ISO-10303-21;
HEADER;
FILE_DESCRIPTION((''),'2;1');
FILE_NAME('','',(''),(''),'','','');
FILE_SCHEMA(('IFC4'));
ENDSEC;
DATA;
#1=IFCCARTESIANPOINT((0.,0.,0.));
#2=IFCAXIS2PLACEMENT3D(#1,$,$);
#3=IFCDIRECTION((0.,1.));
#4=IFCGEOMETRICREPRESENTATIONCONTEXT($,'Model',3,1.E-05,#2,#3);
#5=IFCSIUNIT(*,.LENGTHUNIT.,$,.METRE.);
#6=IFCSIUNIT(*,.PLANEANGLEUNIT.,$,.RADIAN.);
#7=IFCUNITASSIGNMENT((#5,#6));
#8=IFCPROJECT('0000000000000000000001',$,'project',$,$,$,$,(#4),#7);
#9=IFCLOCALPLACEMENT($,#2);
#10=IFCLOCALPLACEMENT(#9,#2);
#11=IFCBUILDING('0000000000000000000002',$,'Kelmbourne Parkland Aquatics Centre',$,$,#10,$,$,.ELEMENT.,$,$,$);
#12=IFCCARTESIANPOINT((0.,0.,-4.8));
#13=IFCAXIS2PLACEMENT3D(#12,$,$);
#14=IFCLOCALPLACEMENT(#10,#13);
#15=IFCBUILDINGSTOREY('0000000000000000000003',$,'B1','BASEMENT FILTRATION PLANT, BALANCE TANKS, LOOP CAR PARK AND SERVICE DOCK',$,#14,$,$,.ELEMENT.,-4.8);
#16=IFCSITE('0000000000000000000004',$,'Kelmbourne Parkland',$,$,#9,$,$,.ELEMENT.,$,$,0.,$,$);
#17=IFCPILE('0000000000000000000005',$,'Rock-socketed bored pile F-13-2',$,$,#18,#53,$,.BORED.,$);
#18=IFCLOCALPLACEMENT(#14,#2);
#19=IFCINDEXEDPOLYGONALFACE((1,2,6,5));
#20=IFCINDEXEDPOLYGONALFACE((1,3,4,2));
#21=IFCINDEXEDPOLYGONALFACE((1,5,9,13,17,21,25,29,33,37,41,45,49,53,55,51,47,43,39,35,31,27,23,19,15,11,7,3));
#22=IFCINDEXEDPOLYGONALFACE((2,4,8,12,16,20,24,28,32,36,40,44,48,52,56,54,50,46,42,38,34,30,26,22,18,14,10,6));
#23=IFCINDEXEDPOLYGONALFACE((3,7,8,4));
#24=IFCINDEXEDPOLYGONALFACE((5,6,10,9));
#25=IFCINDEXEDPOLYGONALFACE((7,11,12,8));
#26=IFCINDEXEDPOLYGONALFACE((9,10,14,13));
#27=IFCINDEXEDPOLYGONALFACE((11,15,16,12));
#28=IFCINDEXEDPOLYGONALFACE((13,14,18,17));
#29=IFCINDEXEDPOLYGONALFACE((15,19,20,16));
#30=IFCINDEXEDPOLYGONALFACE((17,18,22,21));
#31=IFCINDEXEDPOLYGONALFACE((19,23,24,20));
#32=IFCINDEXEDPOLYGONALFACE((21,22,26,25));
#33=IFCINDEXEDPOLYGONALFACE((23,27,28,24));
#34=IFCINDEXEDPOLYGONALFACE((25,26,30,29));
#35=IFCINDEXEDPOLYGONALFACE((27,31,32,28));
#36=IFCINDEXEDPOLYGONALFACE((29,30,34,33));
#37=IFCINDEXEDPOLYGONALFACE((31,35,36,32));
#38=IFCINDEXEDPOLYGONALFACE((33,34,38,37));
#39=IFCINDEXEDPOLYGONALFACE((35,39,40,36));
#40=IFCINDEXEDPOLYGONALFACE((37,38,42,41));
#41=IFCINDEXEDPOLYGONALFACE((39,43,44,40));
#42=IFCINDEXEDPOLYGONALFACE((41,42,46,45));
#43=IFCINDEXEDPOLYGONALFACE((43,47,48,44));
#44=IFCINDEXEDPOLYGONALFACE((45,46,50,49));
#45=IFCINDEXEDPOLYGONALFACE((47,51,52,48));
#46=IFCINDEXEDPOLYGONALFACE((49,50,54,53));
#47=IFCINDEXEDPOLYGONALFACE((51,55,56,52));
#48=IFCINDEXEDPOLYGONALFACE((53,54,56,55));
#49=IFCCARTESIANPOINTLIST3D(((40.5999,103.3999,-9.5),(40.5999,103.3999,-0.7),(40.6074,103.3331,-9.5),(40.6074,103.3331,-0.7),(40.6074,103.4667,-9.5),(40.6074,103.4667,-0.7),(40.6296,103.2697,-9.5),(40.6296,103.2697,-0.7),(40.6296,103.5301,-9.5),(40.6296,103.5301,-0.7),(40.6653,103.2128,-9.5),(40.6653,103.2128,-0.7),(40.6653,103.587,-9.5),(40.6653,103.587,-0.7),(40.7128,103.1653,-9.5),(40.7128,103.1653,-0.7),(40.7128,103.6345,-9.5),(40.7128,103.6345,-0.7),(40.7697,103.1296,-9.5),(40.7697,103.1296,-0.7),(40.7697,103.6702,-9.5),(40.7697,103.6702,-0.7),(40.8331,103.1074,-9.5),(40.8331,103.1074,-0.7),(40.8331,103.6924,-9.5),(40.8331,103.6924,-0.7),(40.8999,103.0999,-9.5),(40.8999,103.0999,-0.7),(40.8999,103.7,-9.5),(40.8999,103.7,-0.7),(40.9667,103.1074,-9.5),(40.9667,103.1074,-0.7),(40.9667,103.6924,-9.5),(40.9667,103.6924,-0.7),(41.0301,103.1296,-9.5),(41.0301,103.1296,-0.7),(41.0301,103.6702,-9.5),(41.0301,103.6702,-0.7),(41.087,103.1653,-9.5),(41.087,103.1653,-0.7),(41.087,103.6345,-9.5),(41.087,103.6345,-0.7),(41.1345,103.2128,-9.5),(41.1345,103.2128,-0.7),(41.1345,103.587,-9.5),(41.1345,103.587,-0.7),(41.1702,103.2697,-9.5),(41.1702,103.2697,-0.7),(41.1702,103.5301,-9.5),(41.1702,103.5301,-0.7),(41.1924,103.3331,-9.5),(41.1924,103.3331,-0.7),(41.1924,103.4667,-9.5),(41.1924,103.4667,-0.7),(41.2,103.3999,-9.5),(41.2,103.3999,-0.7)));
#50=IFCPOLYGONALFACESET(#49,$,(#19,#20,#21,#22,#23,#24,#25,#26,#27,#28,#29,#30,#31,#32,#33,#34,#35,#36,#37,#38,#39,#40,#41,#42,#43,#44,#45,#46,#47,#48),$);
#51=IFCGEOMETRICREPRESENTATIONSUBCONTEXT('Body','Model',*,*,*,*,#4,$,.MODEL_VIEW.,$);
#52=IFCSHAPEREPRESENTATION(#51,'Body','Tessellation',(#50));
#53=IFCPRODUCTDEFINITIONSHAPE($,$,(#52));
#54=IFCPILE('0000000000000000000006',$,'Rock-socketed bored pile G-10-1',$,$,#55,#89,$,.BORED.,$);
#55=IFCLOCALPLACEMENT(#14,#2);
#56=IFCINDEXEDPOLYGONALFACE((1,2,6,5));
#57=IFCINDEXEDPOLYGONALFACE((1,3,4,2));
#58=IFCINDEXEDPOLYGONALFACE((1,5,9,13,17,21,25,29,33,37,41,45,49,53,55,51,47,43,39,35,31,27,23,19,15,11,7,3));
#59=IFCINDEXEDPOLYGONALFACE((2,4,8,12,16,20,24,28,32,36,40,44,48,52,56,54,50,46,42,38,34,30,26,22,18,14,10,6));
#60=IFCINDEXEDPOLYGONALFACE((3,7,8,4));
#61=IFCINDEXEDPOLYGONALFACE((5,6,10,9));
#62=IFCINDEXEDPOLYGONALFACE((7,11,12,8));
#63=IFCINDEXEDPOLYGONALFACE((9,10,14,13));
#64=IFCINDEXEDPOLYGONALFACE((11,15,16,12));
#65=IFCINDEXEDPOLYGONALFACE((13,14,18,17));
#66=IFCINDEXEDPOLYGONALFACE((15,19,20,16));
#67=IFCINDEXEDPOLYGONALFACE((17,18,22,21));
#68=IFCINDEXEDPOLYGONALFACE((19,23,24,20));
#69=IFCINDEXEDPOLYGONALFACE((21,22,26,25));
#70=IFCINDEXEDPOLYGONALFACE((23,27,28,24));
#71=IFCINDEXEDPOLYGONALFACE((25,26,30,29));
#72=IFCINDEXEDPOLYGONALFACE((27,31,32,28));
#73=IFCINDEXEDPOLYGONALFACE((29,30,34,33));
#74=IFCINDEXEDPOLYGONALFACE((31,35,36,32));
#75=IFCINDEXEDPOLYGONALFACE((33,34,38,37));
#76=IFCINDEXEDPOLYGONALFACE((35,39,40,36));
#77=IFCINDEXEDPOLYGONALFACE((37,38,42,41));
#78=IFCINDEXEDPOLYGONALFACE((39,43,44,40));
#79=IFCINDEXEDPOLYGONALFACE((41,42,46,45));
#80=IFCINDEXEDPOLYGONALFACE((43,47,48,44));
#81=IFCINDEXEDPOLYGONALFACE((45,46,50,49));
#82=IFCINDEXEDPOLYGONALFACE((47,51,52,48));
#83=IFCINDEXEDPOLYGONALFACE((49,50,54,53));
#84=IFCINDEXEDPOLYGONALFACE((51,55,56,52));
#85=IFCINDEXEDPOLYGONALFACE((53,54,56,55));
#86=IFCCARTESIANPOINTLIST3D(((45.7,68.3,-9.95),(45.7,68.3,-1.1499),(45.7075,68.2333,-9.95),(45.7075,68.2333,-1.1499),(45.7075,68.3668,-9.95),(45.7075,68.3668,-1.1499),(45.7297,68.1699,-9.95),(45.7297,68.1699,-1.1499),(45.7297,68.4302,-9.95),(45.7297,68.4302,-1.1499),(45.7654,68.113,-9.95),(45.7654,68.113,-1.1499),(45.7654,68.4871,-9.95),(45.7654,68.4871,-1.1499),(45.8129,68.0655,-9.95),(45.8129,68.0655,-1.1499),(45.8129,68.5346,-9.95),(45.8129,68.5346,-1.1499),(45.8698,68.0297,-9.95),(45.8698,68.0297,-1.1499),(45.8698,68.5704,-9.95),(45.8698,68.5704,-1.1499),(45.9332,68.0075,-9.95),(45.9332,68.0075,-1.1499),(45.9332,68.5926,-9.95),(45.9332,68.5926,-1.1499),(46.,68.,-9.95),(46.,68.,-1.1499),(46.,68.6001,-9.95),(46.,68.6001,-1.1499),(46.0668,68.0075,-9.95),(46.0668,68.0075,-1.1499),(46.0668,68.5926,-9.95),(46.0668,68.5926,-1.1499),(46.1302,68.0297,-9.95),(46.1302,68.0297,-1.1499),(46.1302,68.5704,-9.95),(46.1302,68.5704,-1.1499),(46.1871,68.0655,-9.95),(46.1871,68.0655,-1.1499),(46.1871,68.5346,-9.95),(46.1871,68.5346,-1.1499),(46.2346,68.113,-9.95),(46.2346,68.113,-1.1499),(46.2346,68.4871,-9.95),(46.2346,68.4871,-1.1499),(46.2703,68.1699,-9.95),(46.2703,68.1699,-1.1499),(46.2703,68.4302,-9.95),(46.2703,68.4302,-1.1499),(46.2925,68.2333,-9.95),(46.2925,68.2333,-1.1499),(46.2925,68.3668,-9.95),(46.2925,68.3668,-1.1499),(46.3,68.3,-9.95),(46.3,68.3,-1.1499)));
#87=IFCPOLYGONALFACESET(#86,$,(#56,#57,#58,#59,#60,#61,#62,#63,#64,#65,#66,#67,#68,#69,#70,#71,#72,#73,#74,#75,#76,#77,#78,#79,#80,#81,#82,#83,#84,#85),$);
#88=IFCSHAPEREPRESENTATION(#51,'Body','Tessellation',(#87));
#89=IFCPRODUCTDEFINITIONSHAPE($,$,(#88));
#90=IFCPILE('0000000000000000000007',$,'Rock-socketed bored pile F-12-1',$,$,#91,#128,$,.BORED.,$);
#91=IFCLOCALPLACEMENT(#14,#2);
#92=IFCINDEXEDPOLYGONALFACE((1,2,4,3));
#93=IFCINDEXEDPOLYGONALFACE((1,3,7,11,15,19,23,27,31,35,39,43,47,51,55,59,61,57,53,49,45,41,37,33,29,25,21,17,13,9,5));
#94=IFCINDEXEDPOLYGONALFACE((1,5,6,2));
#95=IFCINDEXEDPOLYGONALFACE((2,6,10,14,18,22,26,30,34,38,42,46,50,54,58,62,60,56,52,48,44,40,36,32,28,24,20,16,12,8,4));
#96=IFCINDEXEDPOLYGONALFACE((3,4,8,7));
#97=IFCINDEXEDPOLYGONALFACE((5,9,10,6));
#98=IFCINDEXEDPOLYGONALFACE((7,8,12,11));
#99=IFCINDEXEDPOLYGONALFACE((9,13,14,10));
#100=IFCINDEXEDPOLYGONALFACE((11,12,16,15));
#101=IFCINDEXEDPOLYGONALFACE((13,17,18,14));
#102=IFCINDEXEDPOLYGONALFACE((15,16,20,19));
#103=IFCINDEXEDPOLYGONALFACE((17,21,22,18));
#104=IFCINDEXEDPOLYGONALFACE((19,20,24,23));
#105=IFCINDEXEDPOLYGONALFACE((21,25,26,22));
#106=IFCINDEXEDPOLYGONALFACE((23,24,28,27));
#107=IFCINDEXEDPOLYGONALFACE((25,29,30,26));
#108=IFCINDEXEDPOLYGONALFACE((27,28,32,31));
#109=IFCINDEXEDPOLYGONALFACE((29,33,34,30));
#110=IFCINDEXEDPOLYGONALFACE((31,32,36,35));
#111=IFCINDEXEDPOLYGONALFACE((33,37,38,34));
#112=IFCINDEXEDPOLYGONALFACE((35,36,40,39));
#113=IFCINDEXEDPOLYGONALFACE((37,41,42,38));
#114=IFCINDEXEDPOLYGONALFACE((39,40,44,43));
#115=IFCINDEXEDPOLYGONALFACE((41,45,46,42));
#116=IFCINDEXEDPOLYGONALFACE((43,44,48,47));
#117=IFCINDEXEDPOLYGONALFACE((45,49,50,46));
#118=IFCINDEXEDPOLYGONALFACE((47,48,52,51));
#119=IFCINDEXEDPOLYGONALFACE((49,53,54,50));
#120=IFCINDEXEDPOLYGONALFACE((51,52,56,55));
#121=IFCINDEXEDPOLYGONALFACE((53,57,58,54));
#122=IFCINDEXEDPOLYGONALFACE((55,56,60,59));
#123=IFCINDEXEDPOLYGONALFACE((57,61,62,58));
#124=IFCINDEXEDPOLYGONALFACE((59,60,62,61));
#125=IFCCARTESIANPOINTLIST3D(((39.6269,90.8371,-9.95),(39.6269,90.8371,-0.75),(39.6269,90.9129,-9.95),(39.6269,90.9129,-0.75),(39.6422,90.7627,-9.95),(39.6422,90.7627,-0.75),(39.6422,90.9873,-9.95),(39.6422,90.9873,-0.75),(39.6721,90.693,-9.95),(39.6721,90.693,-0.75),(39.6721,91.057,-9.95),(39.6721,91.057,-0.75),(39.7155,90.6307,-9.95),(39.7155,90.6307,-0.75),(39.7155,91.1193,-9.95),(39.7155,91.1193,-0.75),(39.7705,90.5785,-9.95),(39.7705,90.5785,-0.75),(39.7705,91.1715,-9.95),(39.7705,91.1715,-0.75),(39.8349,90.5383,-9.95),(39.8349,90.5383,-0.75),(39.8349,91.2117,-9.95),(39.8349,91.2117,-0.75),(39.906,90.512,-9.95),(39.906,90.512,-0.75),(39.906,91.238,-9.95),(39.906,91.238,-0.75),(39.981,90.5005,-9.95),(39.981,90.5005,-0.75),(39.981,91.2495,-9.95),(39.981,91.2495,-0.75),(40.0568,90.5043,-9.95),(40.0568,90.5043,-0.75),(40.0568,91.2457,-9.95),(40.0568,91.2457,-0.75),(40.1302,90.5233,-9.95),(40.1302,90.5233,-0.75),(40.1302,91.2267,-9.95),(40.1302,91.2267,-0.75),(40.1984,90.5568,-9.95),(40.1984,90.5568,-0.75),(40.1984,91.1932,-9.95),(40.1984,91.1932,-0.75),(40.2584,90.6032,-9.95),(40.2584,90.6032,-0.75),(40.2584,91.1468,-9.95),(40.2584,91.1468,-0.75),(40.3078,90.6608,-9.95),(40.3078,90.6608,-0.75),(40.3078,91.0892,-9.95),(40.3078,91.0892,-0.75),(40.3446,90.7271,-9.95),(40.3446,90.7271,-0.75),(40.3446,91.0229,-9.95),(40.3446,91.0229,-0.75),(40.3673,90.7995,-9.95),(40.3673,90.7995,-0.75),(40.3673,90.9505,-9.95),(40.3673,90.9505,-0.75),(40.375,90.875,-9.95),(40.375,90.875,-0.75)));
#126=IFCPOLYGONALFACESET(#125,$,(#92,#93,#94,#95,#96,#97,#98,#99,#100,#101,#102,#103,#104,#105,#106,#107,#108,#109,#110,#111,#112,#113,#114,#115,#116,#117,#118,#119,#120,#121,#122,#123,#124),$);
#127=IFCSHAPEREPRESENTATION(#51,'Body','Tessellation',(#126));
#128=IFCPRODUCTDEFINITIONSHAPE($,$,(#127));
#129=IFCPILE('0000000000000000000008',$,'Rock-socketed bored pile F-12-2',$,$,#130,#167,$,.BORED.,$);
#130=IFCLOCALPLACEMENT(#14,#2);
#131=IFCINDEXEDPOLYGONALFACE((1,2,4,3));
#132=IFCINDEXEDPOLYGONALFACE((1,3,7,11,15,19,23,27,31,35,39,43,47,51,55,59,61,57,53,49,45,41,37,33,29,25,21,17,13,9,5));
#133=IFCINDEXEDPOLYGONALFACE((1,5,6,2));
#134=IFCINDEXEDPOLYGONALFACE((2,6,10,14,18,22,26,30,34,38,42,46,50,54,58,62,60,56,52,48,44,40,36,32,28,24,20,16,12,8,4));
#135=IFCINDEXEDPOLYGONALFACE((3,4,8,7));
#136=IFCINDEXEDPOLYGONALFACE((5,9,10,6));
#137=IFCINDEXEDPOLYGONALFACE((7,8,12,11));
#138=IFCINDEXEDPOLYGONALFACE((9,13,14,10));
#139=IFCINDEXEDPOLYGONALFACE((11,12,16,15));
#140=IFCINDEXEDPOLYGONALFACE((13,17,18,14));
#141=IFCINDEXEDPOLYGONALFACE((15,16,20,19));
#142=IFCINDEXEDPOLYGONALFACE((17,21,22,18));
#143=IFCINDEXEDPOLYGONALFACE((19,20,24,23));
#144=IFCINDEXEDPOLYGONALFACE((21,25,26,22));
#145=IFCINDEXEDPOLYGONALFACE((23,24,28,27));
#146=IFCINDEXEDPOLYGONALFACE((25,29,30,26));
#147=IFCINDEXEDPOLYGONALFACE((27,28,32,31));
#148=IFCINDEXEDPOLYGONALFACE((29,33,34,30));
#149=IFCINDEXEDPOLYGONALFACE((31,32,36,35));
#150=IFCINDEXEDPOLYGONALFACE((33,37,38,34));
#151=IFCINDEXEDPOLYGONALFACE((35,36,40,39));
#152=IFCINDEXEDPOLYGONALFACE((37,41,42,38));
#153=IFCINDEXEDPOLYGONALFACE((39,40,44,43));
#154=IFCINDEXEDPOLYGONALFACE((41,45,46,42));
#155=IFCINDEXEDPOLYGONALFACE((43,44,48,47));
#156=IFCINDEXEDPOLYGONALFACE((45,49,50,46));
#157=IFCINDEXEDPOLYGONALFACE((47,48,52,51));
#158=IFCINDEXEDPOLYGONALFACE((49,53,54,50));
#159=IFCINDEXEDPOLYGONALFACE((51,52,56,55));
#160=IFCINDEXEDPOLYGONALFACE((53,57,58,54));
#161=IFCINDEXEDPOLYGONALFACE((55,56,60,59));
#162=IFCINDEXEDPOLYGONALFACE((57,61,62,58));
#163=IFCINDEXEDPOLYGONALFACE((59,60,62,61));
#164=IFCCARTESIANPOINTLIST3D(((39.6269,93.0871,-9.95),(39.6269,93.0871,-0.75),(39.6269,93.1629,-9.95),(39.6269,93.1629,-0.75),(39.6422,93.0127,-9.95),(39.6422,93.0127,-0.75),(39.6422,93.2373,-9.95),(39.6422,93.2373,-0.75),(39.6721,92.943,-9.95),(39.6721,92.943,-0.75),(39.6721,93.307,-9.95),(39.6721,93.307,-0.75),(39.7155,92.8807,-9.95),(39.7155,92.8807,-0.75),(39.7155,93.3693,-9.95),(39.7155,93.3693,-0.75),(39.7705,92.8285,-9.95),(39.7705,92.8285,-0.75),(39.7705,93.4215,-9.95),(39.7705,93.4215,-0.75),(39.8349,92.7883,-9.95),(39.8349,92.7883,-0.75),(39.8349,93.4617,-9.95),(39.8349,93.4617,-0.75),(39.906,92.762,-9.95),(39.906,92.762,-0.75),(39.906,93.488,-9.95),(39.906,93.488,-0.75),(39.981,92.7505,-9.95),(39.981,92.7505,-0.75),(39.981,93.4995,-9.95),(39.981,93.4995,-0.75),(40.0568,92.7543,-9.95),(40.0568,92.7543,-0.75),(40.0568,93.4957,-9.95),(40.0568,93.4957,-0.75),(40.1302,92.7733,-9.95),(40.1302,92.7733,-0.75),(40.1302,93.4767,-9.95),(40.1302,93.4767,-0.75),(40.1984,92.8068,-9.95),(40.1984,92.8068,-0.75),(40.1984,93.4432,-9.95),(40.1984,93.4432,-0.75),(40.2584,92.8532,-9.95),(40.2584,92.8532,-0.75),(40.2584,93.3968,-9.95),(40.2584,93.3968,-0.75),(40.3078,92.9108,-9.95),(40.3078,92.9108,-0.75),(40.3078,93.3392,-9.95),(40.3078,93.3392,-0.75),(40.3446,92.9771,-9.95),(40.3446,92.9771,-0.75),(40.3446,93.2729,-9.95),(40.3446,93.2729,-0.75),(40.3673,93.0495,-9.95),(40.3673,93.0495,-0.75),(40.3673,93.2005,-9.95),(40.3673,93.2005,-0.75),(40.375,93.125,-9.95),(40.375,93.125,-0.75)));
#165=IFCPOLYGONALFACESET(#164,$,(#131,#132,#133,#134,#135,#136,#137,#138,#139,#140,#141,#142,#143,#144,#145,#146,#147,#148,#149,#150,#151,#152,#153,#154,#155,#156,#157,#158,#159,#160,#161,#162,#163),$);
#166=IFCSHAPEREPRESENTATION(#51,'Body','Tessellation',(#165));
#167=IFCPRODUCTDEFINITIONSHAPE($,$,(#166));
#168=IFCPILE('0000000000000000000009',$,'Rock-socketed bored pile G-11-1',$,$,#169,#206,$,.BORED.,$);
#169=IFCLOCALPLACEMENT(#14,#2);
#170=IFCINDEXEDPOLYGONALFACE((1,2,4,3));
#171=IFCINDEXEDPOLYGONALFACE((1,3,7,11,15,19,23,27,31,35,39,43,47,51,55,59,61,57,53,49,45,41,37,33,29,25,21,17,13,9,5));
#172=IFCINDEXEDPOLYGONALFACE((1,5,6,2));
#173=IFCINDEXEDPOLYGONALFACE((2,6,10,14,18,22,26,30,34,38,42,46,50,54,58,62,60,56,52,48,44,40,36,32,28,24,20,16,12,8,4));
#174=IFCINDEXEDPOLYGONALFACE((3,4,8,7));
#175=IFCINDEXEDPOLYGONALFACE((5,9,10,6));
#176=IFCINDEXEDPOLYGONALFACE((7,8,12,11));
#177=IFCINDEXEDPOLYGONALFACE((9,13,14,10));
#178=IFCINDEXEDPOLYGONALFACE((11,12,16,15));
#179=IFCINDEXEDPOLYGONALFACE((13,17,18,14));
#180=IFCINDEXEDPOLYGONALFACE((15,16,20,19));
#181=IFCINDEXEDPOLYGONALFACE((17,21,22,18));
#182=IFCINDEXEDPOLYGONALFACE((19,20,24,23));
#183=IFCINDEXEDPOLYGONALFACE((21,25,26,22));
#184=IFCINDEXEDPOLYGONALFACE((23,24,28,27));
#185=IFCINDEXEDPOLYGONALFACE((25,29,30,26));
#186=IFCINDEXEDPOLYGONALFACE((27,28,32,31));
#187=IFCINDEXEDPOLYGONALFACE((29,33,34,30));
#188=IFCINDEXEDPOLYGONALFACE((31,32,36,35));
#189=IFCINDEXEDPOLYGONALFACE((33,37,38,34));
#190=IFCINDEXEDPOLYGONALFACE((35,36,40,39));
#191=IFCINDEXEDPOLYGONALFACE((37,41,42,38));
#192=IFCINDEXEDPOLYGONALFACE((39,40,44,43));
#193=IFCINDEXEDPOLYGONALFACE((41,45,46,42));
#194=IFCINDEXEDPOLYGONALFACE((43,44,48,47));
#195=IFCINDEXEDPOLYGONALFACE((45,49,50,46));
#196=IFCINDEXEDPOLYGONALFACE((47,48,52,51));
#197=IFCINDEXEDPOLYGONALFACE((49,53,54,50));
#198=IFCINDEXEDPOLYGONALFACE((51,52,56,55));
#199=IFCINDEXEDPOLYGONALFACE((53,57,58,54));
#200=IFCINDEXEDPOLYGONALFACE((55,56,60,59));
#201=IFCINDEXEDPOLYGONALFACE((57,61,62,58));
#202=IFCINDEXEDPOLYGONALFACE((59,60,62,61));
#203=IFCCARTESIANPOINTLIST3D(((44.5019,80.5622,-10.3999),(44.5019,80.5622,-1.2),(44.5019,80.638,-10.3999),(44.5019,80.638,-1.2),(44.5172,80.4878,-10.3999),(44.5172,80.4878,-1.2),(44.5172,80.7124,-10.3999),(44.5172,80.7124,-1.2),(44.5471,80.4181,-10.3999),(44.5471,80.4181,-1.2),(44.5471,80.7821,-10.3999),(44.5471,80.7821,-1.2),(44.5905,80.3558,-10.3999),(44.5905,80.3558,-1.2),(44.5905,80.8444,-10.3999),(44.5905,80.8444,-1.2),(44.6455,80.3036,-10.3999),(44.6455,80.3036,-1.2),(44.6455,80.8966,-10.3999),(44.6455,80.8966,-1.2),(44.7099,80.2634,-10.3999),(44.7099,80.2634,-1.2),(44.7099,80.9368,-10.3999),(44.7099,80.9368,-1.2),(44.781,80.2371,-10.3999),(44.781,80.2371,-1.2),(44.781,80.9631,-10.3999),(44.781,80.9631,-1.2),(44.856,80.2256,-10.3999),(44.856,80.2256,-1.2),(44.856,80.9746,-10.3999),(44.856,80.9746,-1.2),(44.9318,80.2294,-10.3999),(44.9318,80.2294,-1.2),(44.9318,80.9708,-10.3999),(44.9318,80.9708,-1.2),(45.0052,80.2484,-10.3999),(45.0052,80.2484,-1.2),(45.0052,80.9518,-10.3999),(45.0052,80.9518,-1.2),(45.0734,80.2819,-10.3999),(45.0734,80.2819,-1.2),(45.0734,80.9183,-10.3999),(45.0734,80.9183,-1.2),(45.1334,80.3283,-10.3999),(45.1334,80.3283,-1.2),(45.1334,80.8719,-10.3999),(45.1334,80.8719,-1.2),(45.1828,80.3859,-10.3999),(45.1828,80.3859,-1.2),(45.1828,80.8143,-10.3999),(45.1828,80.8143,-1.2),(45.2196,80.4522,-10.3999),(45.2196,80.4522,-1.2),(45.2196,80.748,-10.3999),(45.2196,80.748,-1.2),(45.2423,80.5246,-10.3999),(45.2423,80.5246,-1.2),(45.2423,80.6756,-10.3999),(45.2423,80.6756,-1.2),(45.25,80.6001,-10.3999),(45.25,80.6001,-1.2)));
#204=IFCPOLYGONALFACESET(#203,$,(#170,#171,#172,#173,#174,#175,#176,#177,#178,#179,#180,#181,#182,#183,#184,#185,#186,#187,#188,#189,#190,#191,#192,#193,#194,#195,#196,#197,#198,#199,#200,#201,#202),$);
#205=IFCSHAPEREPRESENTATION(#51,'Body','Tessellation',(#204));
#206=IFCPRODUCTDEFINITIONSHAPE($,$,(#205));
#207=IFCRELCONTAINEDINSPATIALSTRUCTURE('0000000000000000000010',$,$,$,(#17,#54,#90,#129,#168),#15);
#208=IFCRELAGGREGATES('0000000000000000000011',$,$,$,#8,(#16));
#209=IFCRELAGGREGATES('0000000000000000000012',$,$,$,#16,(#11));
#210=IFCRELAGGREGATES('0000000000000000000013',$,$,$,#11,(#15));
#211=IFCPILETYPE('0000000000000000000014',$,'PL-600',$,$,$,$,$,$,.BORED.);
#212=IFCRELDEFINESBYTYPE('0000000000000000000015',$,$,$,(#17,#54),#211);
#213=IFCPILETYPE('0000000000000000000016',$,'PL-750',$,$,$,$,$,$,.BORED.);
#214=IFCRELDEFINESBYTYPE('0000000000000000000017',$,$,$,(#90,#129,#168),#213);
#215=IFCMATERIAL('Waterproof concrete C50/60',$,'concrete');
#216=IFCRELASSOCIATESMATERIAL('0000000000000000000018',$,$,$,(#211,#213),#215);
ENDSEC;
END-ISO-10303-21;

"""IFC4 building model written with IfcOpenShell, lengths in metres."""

from ifc_helpers import new_model, si_unit, direction, frame, origin, origin_2d, place, context, subcontext, project, spatial, circle, extrude, material, material_profile, profile_set, type_object, element, save


model = new_model("IFC4")

# Units and contexts
model_context = context("Model", 3, precision=1e-05, world=origin(), true_north=direction((0.0, 1.0)))
body_context = subcontext(model_context, "Body", "Model", "MODEL_VIEW")
ifc_project = project(units=[si_unit("LENGTHUNIT", "METRE"), si_unit("PLANEANGLEUNIT", "RADIAN")], contexts=[model_context])

# Site, building, storey
site_placement = place(None, origin())
site = spatial("IfcSite", under=ifc_project, at=site_placement, Name="Kelmbourne Parkland", CompositionType="ELEMENT", RefElevation=0.0)
building_placement = place(site_placement, origin())
building = spatial("IfcBuilding", under=site, at=building_placement, Name="Kelmbourne Parkland Aquatics Centre", CompositionType="ELEMENT")
storey_placement = place(building_placement, frame((0.0, 0.0, -4.8)))
storey = spatial("IfcBuildingStorey", under=building, at=storey_placement, Name="B1", Description="BASEMENT FILTRATION PLANT, BALANCE TANKS, LOOP CAR PARK AND SERVICE DOCK", CompositionType="ELEMENT", Elevation=-4.8)

# Shared definitions
ifc_material_1 = material(Name="Waterproof concrete C50/60", Category="concrete")

# Piles
ifc_material_profile_1 = material_profile(ifc_material_1, circle(Radius=0.3, at=origin_2d()), Name="PILE D600")
ifc_profile_set_1 = profile_set([ifc_material_profile_1], Name="Waterproof concrete C50/60")
pile_type_1 = type_object("IfcPileType", Name="PL-600", PredefinedType="BORED", material=ifc_profile_set_1)
for number, where, z_axis, x_axis, name in (
    (1, (40.8999, 103.3999, -0.7), (0.0, 0.0, -1.0), (1.0, 0.0, 0.0), "Rock-socketed bored pile F-13-2"),
    (2, (46.0, 68.3, -1.1499), (0.0, 0.0, -1.0), (1.0, 0.0, 0.0), "Rock-socketed bored pile G-10-1"),
):
    element("IfcPile", number, at=place(storey_placement, frame(where, z_axis=z_axis, x_axis=x_axis)), inside=storey, type_object=pile_type_1, Name=name, PredefinedType="BORED", context=body_context, shape_type="SweptSolid", body=[
        extrude(circle(Radius=0.3, at=origin_2d()), origin(), (0.0, 0.0, 1.0), 8.8),
    ])
ifc_material_profile_2 = material_profile(ifc_material_1, circle(Radius=0.375, at=origin_2d()), Name="PILE D750")
ifc_profile_set_2 = profile_set([ifc_material_profile_2], Name="Waterproof concrete C50/60")
pile_type_2 = type_object("IfcPileType", Name="PL-750", PredefinedType="BORED", material=ifc_profile_set_2)
for number, where, z_axis, x_axis, name in (
    (3, (40.0, 90.875, -0.75), (0.0, 0.0, -1.0), (1.0, 0.0, 0.0), "Rock-socketed bored pile F-12-1"),
    (4, (40.0, 93.125, -0.75), (0.0, 0.0, -1.0), (1.0, 0.0, 0.0), "Rock-socketed bored pile F-12-2"),
    (5, (44.875, 80.6001, -1.2), (0.0, 0.0, -1.0), (1.0, 0.0, 0.0), "Rock-socketed bored pile G-11-1"),
):
    element("IfcPile", number, at=place(storey_placement, frame(where, z_axis=z_axis, x_axis=x_axis)), inside=storey, type_object=pile_type_2, Name=name, PredefinedType="BORED", context=body_context, shape_type="SweptSolid", body=[
        extrude(circle(Radius=0.375, at=origin_2d()), origin(), (0.0, 0.0, 1.0), 9.2),
    ])

save(model, "model.ifc")
